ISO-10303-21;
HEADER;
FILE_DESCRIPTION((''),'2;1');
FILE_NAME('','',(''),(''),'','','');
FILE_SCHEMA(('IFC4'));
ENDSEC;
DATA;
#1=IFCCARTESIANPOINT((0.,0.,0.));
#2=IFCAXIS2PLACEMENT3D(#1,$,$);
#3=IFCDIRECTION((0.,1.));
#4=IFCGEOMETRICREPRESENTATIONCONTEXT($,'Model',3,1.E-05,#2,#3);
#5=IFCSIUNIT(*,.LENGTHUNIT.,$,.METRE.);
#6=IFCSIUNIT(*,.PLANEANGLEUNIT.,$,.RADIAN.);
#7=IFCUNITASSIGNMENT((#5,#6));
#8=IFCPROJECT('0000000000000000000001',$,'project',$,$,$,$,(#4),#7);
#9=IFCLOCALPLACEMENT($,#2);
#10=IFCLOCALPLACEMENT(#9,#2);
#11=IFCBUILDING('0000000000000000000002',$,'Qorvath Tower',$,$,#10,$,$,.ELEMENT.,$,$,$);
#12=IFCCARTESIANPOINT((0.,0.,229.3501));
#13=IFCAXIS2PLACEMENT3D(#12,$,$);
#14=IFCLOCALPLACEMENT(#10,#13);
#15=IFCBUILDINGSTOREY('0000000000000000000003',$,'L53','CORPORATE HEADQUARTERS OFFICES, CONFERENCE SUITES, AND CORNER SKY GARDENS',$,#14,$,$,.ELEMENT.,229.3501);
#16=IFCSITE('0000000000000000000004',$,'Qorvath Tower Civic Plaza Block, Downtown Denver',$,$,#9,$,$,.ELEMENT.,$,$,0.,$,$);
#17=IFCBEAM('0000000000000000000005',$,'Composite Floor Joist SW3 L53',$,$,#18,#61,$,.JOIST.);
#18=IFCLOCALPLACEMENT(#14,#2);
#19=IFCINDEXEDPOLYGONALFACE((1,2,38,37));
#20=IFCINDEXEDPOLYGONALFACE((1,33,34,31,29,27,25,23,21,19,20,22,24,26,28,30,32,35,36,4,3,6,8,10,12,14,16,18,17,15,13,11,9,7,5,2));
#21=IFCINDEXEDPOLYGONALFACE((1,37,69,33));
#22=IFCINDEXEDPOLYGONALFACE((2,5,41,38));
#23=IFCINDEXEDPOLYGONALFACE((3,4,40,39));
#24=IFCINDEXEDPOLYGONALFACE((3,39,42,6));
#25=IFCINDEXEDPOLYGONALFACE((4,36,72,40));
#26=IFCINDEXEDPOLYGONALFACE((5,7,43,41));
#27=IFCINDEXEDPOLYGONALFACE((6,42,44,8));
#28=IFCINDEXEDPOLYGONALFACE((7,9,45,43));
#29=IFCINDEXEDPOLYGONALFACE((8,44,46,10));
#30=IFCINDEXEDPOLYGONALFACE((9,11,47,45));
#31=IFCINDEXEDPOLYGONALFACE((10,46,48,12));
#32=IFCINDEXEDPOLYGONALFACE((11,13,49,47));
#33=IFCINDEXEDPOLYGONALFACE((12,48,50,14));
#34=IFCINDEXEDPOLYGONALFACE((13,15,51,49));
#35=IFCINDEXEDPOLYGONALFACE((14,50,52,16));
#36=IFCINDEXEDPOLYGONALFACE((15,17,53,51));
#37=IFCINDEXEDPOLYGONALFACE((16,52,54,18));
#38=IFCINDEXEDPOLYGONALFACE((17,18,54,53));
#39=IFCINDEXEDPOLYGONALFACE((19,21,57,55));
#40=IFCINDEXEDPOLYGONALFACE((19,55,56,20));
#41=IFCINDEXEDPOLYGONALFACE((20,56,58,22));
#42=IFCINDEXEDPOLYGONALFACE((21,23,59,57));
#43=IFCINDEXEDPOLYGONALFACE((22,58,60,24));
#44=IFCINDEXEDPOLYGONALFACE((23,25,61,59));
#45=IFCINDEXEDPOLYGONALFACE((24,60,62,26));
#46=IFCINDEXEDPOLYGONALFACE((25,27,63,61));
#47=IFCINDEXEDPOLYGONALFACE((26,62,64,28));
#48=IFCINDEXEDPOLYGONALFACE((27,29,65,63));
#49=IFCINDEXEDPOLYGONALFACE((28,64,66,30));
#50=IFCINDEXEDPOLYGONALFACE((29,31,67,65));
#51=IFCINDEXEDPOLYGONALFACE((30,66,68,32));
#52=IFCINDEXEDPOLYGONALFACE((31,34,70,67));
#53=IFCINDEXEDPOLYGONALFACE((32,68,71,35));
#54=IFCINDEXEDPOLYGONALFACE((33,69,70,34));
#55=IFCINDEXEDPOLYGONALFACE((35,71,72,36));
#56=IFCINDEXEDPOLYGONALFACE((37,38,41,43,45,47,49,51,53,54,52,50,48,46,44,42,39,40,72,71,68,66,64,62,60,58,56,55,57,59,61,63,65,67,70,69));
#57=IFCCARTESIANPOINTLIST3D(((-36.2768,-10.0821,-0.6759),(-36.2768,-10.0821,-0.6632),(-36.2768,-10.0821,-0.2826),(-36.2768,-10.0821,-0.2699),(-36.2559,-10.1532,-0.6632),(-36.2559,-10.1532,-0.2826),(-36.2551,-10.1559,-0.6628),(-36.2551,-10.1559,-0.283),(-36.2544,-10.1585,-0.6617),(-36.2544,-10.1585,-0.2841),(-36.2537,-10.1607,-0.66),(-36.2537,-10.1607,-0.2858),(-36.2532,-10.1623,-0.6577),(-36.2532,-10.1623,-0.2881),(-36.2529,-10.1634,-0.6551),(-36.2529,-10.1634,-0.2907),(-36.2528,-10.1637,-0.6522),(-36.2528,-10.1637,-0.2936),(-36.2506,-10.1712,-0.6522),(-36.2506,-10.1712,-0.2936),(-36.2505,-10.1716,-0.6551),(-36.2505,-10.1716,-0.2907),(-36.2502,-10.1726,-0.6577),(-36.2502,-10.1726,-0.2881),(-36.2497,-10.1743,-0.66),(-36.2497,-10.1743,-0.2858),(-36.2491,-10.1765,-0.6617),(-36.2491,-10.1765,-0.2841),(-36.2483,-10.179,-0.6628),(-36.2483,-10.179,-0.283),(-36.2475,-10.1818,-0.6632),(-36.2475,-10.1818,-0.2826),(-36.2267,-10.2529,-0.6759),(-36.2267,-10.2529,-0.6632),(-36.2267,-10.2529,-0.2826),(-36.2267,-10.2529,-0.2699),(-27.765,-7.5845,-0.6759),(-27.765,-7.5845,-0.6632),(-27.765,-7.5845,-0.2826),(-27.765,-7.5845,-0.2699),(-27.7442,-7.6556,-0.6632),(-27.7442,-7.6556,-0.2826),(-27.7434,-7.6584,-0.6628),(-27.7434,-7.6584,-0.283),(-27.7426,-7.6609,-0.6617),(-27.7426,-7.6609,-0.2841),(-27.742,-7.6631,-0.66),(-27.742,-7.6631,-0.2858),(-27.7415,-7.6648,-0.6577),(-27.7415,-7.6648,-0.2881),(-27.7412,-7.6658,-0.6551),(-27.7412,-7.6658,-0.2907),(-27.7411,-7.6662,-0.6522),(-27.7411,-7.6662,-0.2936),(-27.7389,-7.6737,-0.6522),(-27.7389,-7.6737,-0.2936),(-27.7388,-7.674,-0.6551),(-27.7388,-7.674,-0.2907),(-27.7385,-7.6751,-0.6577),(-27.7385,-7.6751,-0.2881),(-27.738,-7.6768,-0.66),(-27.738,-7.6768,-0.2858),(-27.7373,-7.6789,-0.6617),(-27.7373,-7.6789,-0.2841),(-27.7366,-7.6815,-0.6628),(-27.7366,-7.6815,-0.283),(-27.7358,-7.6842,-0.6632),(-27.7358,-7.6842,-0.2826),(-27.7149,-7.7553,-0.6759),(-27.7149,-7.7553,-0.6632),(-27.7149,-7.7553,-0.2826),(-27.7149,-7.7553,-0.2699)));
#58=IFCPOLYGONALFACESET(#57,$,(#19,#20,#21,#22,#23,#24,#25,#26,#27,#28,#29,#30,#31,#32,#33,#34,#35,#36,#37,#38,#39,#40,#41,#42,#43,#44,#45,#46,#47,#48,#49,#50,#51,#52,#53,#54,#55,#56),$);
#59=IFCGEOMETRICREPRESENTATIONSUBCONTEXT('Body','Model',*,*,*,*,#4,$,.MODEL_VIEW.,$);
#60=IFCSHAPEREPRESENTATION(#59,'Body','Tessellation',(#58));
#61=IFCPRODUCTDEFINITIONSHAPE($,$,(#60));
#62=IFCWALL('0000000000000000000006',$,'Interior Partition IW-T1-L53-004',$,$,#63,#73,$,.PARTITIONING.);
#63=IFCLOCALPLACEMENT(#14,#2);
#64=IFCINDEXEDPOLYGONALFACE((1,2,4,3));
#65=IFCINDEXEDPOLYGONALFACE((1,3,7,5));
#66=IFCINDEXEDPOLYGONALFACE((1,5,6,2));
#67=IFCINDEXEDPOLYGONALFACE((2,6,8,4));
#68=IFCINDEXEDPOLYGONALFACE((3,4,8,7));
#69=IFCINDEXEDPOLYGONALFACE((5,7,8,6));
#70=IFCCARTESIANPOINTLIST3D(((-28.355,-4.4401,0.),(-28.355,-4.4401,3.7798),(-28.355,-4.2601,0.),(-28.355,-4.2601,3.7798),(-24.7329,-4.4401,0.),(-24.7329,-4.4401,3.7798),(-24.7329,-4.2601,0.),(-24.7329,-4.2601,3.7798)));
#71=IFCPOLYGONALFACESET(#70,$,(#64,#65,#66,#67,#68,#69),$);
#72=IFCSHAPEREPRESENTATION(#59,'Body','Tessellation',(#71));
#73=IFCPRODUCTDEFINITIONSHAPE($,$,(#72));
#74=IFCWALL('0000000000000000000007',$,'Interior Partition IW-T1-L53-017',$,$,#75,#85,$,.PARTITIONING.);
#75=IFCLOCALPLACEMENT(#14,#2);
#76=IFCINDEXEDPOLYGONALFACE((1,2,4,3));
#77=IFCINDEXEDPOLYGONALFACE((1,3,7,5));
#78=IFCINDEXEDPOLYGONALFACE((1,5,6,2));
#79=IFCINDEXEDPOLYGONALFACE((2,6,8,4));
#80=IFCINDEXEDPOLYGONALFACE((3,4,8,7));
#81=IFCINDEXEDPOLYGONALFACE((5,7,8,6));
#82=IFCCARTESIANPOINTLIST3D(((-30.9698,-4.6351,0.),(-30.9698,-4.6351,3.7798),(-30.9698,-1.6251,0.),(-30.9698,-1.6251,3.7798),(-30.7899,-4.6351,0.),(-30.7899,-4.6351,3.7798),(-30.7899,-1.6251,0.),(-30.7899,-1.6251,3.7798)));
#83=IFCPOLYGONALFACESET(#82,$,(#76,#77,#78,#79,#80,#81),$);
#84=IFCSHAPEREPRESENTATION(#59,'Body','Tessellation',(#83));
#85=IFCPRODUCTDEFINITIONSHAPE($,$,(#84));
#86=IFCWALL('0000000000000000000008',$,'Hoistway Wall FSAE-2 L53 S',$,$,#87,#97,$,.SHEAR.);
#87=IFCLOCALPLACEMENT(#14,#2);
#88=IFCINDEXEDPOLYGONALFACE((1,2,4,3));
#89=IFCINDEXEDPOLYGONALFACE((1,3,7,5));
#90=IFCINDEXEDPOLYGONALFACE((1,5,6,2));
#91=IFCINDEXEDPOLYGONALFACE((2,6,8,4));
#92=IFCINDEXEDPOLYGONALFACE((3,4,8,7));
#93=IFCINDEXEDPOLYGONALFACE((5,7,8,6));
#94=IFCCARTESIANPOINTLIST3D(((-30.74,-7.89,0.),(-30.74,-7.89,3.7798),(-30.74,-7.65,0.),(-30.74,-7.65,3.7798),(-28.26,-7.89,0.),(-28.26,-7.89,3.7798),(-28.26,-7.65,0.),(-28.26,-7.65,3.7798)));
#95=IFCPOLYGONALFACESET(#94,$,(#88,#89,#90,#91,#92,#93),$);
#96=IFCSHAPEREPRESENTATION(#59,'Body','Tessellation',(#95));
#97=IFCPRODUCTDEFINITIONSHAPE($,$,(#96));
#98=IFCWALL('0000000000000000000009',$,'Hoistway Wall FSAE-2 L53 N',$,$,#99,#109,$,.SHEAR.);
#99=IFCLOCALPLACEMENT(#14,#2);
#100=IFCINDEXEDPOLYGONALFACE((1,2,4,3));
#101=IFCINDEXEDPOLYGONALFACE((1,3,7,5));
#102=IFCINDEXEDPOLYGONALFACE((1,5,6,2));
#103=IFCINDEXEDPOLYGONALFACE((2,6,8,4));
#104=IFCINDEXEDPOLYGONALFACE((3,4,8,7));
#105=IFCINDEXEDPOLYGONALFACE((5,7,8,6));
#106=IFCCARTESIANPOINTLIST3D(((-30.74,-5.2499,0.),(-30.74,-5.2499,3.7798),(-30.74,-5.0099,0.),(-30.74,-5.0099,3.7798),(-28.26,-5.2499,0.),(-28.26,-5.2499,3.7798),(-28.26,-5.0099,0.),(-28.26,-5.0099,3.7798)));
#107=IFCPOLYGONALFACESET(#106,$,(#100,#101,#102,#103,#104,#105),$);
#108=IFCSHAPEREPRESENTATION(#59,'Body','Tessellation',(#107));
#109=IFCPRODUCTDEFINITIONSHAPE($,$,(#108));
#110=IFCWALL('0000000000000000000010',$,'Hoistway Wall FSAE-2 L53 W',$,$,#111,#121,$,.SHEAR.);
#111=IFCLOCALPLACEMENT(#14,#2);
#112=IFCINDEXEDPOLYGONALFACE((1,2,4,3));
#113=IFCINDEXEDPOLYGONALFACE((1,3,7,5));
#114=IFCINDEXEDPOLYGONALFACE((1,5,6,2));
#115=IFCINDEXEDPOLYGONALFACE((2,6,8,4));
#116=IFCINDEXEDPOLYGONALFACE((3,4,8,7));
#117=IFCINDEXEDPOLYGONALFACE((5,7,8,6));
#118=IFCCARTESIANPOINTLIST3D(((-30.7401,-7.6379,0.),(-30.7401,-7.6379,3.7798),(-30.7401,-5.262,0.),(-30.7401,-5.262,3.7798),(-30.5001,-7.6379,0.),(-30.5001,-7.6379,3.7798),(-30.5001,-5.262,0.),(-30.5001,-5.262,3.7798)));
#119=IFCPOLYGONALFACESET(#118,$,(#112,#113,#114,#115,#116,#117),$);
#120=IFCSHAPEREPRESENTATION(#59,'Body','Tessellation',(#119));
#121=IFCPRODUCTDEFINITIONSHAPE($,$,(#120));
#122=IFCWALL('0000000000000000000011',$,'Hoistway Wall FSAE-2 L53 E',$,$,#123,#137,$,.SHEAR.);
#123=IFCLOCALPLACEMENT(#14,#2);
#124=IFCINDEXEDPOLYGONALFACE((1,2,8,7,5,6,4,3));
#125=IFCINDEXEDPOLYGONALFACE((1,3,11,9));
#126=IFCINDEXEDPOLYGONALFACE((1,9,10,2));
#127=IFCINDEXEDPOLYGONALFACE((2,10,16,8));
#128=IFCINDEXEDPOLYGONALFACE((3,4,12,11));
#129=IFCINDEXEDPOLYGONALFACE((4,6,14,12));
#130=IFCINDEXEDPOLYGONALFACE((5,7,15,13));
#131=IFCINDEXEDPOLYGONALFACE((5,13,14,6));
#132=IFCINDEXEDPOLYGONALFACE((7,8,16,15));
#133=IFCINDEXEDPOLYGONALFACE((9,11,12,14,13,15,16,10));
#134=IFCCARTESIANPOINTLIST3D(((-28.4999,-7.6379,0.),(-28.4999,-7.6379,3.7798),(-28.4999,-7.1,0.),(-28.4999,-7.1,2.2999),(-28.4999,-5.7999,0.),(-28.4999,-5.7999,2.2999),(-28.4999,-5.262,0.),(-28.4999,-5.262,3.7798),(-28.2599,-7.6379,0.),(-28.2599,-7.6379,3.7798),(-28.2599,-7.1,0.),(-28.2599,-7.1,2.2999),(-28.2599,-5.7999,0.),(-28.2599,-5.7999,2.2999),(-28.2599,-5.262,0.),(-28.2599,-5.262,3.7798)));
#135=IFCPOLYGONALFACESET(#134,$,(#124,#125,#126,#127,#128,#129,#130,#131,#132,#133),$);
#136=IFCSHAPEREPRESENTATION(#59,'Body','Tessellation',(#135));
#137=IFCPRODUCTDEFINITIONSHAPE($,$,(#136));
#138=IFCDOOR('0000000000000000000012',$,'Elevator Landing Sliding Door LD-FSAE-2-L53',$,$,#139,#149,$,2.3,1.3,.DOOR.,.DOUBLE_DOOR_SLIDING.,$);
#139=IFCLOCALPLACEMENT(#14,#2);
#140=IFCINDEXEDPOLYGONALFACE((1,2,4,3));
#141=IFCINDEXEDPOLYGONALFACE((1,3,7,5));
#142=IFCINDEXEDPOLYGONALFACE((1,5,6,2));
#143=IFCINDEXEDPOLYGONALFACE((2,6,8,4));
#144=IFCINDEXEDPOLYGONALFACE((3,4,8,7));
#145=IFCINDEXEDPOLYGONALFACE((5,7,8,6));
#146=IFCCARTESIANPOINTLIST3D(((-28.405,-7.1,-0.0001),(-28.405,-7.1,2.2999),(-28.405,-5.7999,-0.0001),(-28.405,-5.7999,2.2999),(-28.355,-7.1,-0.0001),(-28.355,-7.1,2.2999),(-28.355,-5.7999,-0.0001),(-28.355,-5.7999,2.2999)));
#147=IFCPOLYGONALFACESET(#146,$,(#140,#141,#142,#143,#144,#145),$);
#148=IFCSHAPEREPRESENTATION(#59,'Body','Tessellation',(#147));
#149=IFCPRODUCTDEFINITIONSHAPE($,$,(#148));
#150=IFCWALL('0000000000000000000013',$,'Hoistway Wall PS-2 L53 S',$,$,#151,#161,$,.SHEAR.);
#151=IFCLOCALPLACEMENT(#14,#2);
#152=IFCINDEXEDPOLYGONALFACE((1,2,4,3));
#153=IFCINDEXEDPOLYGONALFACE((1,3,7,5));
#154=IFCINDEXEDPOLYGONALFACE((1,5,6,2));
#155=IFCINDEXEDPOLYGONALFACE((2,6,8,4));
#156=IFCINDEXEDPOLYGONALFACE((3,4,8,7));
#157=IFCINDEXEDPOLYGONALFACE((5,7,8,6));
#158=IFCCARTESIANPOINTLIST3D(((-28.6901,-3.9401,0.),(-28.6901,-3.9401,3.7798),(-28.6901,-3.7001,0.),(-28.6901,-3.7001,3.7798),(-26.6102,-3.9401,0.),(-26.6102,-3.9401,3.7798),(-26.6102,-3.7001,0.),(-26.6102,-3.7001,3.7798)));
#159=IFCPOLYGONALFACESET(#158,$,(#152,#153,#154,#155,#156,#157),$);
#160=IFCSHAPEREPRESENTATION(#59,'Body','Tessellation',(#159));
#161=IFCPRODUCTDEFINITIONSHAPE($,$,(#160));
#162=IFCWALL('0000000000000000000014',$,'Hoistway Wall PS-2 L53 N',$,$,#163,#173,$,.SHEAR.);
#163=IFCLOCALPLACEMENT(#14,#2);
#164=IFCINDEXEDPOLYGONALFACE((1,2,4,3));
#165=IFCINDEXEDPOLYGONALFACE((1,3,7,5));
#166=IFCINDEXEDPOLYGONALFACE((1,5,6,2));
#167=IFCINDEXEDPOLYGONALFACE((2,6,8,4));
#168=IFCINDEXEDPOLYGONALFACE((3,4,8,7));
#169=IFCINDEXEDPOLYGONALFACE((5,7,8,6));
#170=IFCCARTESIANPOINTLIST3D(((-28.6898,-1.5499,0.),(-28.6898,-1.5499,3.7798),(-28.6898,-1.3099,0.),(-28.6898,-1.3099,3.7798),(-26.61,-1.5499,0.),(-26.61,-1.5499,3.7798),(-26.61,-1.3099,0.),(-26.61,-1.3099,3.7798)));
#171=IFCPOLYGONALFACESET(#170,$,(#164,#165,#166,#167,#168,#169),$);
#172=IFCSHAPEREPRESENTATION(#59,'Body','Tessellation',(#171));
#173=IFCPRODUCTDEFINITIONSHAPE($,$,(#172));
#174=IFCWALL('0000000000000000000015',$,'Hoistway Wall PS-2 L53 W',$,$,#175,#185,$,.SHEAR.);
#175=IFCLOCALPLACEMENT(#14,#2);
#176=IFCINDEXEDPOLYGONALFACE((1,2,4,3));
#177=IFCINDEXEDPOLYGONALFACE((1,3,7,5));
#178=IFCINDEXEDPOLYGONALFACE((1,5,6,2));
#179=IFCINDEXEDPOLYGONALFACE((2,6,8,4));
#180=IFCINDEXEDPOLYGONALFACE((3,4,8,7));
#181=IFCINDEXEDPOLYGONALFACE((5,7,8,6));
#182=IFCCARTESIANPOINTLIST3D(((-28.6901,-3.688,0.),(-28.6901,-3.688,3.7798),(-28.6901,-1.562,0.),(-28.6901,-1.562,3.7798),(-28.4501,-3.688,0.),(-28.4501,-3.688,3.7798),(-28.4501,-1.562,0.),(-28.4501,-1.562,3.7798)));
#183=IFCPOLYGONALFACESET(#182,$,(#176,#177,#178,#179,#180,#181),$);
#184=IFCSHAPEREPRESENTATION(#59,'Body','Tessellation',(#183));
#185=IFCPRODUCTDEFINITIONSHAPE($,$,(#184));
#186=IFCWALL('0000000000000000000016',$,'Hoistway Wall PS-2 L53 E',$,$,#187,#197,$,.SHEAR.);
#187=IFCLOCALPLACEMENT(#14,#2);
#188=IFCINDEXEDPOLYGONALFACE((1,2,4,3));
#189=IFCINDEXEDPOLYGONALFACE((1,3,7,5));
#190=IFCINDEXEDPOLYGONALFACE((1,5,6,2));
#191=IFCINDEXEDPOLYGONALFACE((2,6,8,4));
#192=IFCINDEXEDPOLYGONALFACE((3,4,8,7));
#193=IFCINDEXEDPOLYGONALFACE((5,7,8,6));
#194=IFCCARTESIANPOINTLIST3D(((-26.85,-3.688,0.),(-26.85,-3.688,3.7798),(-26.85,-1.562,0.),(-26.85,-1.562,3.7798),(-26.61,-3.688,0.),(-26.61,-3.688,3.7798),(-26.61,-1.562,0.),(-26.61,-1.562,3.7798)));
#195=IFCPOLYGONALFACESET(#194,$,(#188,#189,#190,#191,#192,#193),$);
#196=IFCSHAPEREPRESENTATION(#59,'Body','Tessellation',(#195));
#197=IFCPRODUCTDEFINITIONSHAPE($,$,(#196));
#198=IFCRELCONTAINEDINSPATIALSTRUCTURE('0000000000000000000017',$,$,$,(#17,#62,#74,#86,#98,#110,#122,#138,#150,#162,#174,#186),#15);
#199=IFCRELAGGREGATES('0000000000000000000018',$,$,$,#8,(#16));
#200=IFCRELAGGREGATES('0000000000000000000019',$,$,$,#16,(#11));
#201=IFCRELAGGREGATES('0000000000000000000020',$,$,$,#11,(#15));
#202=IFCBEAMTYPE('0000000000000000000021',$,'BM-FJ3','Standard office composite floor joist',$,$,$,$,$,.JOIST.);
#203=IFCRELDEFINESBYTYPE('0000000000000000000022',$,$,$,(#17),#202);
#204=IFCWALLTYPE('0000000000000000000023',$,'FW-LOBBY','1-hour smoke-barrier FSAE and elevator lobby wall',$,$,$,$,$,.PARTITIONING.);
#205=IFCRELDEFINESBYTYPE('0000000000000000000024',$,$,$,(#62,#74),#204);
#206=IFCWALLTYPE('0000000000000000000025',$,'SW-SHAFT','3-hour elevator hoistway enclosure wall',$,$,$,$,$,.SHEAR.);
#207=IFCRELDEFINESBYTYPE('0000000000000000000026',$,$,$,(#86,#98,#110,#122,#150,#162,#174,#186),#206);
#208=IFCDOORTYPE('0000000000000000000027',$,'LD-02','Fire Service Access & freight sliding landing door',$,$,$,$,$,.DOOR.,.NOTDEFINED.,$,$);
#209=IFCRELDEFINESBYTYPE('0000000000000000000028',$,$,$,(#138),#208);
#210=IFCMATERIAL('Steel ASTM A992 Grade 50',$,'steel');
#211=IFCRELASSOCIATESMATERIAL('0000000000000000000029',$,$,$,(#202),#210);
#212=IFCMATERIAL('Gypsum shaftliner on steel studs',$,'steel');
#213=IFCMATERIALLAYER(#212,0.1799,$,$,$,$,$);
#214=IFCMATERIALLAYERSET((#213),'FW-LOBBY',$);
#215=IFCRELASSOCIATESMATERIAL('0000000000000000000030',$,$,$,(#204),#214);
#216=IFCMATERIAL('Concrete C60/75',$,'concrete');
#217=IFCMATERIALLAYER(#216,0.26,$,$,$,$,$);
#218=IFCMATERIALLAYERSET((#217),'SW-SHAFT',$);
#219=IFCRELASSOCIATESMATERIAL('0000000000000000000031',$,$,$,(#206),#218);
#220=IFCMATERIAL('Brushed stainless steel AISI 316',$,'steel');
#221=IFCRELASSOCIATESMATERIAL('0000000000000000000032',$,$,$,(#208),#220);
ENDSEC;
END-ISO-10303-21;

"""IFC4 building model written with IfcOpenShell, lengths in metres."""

from ifc_helpers import new_model, si_unit, direction, frame, frame_2d, origin, origin_2d, place, context, subcontext, project, spatial, rectangle, i_section, extrude, material, layer, layer_set, material_profile, profile_set, type_object, element, fill, save


model = new_model("IFC4")

# Units and contexts
model_context = context("Model", 3, precision=1e-05, world=origin(), true_north=direction((0.0, 1.0)))
body_context = subcontext(model_context, "Body", "Model", "MODEL_VIEW")
ifc_project = project(units=[si_unit("LENGTHUNIT", "METRE"), si_unit("PLANEANGLEUNIT", "RADIAN")], contexts=[model_context])

# Site, building, storey
site_placement = place(None, origin())
site = spatial("IfcSite", under=ifc_project, at=site_placement, Name="Qorvath Tower Civic Plaza Block, Downtown Denver", CompositionType="ELEMENT", RefElevation=0.0)
building_placement = place(site_placement, origin())
building = spatial("IfcBuilding", under=site, at=building_placement, Name="Qorvath Tower", CompositionType="ELEMENT")
storey_placement = place(building_placement, frame((0.0, 0.0, 229.3501)))
storey = spatial("IfcBuildingStorey", under=building, at=storey_placement, Name="L53", Description="CORPORATE HEADQUARTERS OFFICES, CONFERENCE SUITES, AND CORNER SKY GARDENS", CompositionType="ELEMENT", Elevation=229.3501)

# Beam
ifc_material_1 = material(Name="Steel ASTM A992 Grade 50", Category="steel")
ifc_material_profile_1 = material_profile(ifc_material_1, i_section(OverallWidth=0.178, OverallDepth=0.406, WebThickness=0.0078, FlangeThickness=0.0127, FilletRadius=0.011, at=origin_2d()), Name="W16x40")
ifc_profile_set_1 = profile_set([ifc_material_profile_1], Name="Steel ASTM A992 Grade 50")
beam_type_1 = type_object("IfcBeamType", Name="BM-FJ3", Description="Standard office composite floor joist", PredefinedType="JOIST", material=ifc_profile_set_1)
beam_1_placement = place(storey_placement, frame((-27.74, -7.6699, -0.4729), z_axis=(-0.959545, -0.281555, 0.0), x_axis=(0.281555, -0.959545, 0.0)))
element("IfcBeam", 1, at=beam_1_placement, inside=storey, type_object=beam_type_1, Name="Composite Floor Joist SW3 L53", PredefinedType="JOIST", context=body_context, shape_type="SweptSolid", body=[
    extrude(i_section(OverallWidth=0.178, OverallDepth=0.406, WebThickness=0.0078, FlangeThickness=0.0127, FilletRadius=0.011, at=origin_2d()), origin(), (0.0, 0.0, 1.0), 8.8706),
])

# Shared definitions
ifc_material_2 = material(Name="Gypsum shaftliner on steel studs", Category="steel")
ifc_layer_1 = layer(ifc_material_2, 0.1799)
ifc_layer_set_1 = layer_set([ifc_layer_1], Name="FW-LOBBY")
wall_type_1 = type_object("IfcWallType", Name="FW-LOBBY", Description="1-hour smoke-barrier FSAE and elevator lobby wall", PredefinedType="PARTITIONING", material=ifc_layer_set_1)

# Walls
wall_1_placement = place(storey_placement, frame((-24.7329, -4.3501, 0.0), z_axis=(0.0, 0.0, 1.0), x_axis=(-1.0, 0.0, 0.0)))
element("IfcWall", 2, at=wall_1_placement, inside=storey, type_object=wall_type_1, Name="Interior Partition IW-T1-L53-004", PredefinedType="PARTITIONING", context=body_context, shape_type="SweptSolid", body=[
    extrude(rectangle(XDim=3.6221, YDim=0.1799, at=frame_2d((1.811, 0.0))), origin(), (0.0, 0.0, 1.0), 3.7798),
])
wall_2_placement = place(storey_placement, frame((-30.8799, -4.635, 0.0), z_axis=(0.0, 0.0, 1.0), x_axis=(0.0, 1.0, 0.0)))
element("IfcWall", 3, at=wall_2_placement, inside=storey, type_object=wall_type_1, Name="Interior Partition IW-T1-L53-017", PredefinedType="PARTITIONING", context=body_context, shape_type="SweptSolid", body=[
    extrude(rectangle(XDim=3.01, YDim=0.1799, at=frame_2d((1.5049, 0.0))), origin(), (0.0, 0.0, 1.0), 3.7798),
])
ifc_material_3 = material(Name="Concrete C60/75", Category="concrete")
ifc_layer_2 = layer(ifc_material_3, 0.26)
ifc_layer_set_2 = layer_set([ifc_layer_2], Name="SW-SHAFT")
wall_type_2 = type_object("IfcWallType", Name="SW-SHAFT", Description="3-hour elevator hoistway enclosure wall", PredefinedType="SHEAR", material=ifc_layer_set_2)
for number, where, z_axis, x_axis, name in (
    (4, (-28.26, -7.77, 0.0), (0.0, 0.0, 1.0), (-1.0, 0.0, 0.0), "Hoistway Wall FSAE-2 L53 S"),
    (5, (-30.74, -5.1299, 0.0), (0.0, 0.0, 1.0), (1.0, 0.0, 0.0), "Hoistway Wall FSAE-2 L53 N"),
):
    element("IfcWall", number, at=place(storey_placement, frame(where, z_axis=z_axis, x_axis=x_axis)), inside=storey, type_object=wall_type_2, Name=name, PredefinedType="SHEAR", context=body_context, shape_type="SweptSolid", body=[
        extrude(rectangle(XDim=2.48, YDim=0.24, at=frame_2d((1.24, 0.0))), origin(), (0.0, 0.0, 1.0), 3.7798),
    ])
wall_3_placement = place(storey_placement, frame((-30.6201, -7.6379, 0.0), z_axis=(0.0, 0.0, 1.0), x_axis=(0.0, 1.0, 0.0)))
element("IfcWall", 6, at=wall_3_placement, inside=storey, type_object=wall_type_2, Name="Hoistway Wall FSAE-2 L53 W", PredefinedType="SHEAR", context=body_context, shape_type="SweptSolid", body=[
    extrude(rectangle(XDim=2.376, YDim=0.24, at=frame_2d((1.188, 0.0))), origin(), (0.0, 0.0, 1.0), 3.7798),
])

# Wall, opening, door
wall_4_placement = place(storey_placement, frame((-28.3799, -5.262, 0.0), z_axis=(0.0, 0.0, 1.0), x_axis=(0.0, -1.0, 0.0)))
wall_4 = element("IfcWall", 7, at=wall_4_placement, inside=storey, type_object=wall_type_2, Name="Hoistway Wall FSAE-2 L53 E", PredefinedType="SHEAR", context=body_context, shape_type="SweptSolid", body=[
    extrude(rectangle(XDim=2.376, YDim=0.24, at=frame_2d((1.188, 0.0))), origin(), (0.0, 0.0, 1.0), 3.7798),
])
opening_1_placement = place(wall_4_placement, frame((0.5381, 0.0, 0.0)))
opening_1 = element("IfcOpeningElement", 8, at=opening_1_placement, cuts=wall_4, PredefinedType="OPENING", context=body_context, shape_type="SweptSolid", body=[
    extrude(rectangle(XDim=1.3, YDim=2.3, at=frame_2d((0.6499, 1.1499))), frame((0.0, 0.1299, 0.0), z_axis=(0.0, -1.0, 0.0), x_axis=(1.0, 0.0, 0.0)), (0.0, 0.0, 1.0), 0.26),
])
ifc_material_4 = material(Name="Brushed stainless steel AISI 316", Category="steel")
door_type_1 = type_object("IfcDoorType", Name="LD-02", Description="Fire Service Access & freight sliding landing door", OperationType="NOTDEFINED", PredefinedType="DOOR", material=ifc_material_4)
door_1_placement = place(opening_1_placement, origin())
door_1 = element("IfcDoor", 9, at=door_1_placement, inside=storey, type_object=door_type_1, Name="Elevator Landing Sliding Door LD-FSAE-2-L53", OperationType="DOUBLE_DOOR_SLIDING", OverallHeight=2.3, OverallWidth=1.3, PredefinedType="DOOR", context=body_context, shape_type="SweptSolid", body=[
    extrude(rectangle(XDim=1.3, YDim=2.3, at=frame_2d((0.6499, 1.1499))), frame((0.0, 0.0249, 0.0), z_axis=(0.0, -1.0, 0.0), x_axis=(1.0, 0.0, 0.0)), (0.0, 0.0, 1.0), 0.05),
])
fill(opening_1, door_1)

# Walls
for number, where, z_axis, x_axis, name in (
    (10, (-26.6101, -3.8201, 0.0), (0.0, 0.0, 1.0), (-1.0, 0.0, 0.0), "Hoistway Wall PS-2 L53 S"),
    (11, (-28.6899, -1.4299, 0.0), (0.0, 0.0, 1.0), (1.0, 0.0, 0.0), "Hoistway Wall PS-2 L53 N"),
):
    element("IfcWall", number, at=place(storey_placement, frame(where, z_axis=z_axis, x_axis=x_axis)), inside=storey, type_object=wall_type_2, Name=name, PredefinedType="SHEAR", context=body_context, shape_type="SweptSolid", body=[
        extrude(rectangle(XDim=2.0798, YDim=0.24, at=frame_2d((1.04, 0.0))), origin(), (0.0, 0.0, 1.0), 3.7798),
    ])
for number, where, z_axis, x_axis, name in (
    (12, (-28.5701, -3.688, 0.0), (0.0, 0.0, 1.0), (0.0, 1.0, 0.0), "Hoistway Wall PS-2 L53 W"),
    (13, (-26.73, -1.562, 0.0), (0.0, 0.0, 1.0), (0.0, -1.0, 0.0), "Hoistway Wall PS-2 L53 E"),
):
    element("IfcWall", number, at=place(storey_placement, frame(where, z_axis=z_axis, x_axis=x_axis)), inside=storey, type_object=wall_type_2, Name=name, PredefinedType="SHEAR", context=body_context, shape_type="SweptSolid", body=[
        extrude(rectangle(XDim=2.126, YDim=0.24, at=frame_2d((1.063, 0.0))), origin(), (0.0, 0.0, 1.0), 3.7798),
    ])

save(model, "model.ifc")
